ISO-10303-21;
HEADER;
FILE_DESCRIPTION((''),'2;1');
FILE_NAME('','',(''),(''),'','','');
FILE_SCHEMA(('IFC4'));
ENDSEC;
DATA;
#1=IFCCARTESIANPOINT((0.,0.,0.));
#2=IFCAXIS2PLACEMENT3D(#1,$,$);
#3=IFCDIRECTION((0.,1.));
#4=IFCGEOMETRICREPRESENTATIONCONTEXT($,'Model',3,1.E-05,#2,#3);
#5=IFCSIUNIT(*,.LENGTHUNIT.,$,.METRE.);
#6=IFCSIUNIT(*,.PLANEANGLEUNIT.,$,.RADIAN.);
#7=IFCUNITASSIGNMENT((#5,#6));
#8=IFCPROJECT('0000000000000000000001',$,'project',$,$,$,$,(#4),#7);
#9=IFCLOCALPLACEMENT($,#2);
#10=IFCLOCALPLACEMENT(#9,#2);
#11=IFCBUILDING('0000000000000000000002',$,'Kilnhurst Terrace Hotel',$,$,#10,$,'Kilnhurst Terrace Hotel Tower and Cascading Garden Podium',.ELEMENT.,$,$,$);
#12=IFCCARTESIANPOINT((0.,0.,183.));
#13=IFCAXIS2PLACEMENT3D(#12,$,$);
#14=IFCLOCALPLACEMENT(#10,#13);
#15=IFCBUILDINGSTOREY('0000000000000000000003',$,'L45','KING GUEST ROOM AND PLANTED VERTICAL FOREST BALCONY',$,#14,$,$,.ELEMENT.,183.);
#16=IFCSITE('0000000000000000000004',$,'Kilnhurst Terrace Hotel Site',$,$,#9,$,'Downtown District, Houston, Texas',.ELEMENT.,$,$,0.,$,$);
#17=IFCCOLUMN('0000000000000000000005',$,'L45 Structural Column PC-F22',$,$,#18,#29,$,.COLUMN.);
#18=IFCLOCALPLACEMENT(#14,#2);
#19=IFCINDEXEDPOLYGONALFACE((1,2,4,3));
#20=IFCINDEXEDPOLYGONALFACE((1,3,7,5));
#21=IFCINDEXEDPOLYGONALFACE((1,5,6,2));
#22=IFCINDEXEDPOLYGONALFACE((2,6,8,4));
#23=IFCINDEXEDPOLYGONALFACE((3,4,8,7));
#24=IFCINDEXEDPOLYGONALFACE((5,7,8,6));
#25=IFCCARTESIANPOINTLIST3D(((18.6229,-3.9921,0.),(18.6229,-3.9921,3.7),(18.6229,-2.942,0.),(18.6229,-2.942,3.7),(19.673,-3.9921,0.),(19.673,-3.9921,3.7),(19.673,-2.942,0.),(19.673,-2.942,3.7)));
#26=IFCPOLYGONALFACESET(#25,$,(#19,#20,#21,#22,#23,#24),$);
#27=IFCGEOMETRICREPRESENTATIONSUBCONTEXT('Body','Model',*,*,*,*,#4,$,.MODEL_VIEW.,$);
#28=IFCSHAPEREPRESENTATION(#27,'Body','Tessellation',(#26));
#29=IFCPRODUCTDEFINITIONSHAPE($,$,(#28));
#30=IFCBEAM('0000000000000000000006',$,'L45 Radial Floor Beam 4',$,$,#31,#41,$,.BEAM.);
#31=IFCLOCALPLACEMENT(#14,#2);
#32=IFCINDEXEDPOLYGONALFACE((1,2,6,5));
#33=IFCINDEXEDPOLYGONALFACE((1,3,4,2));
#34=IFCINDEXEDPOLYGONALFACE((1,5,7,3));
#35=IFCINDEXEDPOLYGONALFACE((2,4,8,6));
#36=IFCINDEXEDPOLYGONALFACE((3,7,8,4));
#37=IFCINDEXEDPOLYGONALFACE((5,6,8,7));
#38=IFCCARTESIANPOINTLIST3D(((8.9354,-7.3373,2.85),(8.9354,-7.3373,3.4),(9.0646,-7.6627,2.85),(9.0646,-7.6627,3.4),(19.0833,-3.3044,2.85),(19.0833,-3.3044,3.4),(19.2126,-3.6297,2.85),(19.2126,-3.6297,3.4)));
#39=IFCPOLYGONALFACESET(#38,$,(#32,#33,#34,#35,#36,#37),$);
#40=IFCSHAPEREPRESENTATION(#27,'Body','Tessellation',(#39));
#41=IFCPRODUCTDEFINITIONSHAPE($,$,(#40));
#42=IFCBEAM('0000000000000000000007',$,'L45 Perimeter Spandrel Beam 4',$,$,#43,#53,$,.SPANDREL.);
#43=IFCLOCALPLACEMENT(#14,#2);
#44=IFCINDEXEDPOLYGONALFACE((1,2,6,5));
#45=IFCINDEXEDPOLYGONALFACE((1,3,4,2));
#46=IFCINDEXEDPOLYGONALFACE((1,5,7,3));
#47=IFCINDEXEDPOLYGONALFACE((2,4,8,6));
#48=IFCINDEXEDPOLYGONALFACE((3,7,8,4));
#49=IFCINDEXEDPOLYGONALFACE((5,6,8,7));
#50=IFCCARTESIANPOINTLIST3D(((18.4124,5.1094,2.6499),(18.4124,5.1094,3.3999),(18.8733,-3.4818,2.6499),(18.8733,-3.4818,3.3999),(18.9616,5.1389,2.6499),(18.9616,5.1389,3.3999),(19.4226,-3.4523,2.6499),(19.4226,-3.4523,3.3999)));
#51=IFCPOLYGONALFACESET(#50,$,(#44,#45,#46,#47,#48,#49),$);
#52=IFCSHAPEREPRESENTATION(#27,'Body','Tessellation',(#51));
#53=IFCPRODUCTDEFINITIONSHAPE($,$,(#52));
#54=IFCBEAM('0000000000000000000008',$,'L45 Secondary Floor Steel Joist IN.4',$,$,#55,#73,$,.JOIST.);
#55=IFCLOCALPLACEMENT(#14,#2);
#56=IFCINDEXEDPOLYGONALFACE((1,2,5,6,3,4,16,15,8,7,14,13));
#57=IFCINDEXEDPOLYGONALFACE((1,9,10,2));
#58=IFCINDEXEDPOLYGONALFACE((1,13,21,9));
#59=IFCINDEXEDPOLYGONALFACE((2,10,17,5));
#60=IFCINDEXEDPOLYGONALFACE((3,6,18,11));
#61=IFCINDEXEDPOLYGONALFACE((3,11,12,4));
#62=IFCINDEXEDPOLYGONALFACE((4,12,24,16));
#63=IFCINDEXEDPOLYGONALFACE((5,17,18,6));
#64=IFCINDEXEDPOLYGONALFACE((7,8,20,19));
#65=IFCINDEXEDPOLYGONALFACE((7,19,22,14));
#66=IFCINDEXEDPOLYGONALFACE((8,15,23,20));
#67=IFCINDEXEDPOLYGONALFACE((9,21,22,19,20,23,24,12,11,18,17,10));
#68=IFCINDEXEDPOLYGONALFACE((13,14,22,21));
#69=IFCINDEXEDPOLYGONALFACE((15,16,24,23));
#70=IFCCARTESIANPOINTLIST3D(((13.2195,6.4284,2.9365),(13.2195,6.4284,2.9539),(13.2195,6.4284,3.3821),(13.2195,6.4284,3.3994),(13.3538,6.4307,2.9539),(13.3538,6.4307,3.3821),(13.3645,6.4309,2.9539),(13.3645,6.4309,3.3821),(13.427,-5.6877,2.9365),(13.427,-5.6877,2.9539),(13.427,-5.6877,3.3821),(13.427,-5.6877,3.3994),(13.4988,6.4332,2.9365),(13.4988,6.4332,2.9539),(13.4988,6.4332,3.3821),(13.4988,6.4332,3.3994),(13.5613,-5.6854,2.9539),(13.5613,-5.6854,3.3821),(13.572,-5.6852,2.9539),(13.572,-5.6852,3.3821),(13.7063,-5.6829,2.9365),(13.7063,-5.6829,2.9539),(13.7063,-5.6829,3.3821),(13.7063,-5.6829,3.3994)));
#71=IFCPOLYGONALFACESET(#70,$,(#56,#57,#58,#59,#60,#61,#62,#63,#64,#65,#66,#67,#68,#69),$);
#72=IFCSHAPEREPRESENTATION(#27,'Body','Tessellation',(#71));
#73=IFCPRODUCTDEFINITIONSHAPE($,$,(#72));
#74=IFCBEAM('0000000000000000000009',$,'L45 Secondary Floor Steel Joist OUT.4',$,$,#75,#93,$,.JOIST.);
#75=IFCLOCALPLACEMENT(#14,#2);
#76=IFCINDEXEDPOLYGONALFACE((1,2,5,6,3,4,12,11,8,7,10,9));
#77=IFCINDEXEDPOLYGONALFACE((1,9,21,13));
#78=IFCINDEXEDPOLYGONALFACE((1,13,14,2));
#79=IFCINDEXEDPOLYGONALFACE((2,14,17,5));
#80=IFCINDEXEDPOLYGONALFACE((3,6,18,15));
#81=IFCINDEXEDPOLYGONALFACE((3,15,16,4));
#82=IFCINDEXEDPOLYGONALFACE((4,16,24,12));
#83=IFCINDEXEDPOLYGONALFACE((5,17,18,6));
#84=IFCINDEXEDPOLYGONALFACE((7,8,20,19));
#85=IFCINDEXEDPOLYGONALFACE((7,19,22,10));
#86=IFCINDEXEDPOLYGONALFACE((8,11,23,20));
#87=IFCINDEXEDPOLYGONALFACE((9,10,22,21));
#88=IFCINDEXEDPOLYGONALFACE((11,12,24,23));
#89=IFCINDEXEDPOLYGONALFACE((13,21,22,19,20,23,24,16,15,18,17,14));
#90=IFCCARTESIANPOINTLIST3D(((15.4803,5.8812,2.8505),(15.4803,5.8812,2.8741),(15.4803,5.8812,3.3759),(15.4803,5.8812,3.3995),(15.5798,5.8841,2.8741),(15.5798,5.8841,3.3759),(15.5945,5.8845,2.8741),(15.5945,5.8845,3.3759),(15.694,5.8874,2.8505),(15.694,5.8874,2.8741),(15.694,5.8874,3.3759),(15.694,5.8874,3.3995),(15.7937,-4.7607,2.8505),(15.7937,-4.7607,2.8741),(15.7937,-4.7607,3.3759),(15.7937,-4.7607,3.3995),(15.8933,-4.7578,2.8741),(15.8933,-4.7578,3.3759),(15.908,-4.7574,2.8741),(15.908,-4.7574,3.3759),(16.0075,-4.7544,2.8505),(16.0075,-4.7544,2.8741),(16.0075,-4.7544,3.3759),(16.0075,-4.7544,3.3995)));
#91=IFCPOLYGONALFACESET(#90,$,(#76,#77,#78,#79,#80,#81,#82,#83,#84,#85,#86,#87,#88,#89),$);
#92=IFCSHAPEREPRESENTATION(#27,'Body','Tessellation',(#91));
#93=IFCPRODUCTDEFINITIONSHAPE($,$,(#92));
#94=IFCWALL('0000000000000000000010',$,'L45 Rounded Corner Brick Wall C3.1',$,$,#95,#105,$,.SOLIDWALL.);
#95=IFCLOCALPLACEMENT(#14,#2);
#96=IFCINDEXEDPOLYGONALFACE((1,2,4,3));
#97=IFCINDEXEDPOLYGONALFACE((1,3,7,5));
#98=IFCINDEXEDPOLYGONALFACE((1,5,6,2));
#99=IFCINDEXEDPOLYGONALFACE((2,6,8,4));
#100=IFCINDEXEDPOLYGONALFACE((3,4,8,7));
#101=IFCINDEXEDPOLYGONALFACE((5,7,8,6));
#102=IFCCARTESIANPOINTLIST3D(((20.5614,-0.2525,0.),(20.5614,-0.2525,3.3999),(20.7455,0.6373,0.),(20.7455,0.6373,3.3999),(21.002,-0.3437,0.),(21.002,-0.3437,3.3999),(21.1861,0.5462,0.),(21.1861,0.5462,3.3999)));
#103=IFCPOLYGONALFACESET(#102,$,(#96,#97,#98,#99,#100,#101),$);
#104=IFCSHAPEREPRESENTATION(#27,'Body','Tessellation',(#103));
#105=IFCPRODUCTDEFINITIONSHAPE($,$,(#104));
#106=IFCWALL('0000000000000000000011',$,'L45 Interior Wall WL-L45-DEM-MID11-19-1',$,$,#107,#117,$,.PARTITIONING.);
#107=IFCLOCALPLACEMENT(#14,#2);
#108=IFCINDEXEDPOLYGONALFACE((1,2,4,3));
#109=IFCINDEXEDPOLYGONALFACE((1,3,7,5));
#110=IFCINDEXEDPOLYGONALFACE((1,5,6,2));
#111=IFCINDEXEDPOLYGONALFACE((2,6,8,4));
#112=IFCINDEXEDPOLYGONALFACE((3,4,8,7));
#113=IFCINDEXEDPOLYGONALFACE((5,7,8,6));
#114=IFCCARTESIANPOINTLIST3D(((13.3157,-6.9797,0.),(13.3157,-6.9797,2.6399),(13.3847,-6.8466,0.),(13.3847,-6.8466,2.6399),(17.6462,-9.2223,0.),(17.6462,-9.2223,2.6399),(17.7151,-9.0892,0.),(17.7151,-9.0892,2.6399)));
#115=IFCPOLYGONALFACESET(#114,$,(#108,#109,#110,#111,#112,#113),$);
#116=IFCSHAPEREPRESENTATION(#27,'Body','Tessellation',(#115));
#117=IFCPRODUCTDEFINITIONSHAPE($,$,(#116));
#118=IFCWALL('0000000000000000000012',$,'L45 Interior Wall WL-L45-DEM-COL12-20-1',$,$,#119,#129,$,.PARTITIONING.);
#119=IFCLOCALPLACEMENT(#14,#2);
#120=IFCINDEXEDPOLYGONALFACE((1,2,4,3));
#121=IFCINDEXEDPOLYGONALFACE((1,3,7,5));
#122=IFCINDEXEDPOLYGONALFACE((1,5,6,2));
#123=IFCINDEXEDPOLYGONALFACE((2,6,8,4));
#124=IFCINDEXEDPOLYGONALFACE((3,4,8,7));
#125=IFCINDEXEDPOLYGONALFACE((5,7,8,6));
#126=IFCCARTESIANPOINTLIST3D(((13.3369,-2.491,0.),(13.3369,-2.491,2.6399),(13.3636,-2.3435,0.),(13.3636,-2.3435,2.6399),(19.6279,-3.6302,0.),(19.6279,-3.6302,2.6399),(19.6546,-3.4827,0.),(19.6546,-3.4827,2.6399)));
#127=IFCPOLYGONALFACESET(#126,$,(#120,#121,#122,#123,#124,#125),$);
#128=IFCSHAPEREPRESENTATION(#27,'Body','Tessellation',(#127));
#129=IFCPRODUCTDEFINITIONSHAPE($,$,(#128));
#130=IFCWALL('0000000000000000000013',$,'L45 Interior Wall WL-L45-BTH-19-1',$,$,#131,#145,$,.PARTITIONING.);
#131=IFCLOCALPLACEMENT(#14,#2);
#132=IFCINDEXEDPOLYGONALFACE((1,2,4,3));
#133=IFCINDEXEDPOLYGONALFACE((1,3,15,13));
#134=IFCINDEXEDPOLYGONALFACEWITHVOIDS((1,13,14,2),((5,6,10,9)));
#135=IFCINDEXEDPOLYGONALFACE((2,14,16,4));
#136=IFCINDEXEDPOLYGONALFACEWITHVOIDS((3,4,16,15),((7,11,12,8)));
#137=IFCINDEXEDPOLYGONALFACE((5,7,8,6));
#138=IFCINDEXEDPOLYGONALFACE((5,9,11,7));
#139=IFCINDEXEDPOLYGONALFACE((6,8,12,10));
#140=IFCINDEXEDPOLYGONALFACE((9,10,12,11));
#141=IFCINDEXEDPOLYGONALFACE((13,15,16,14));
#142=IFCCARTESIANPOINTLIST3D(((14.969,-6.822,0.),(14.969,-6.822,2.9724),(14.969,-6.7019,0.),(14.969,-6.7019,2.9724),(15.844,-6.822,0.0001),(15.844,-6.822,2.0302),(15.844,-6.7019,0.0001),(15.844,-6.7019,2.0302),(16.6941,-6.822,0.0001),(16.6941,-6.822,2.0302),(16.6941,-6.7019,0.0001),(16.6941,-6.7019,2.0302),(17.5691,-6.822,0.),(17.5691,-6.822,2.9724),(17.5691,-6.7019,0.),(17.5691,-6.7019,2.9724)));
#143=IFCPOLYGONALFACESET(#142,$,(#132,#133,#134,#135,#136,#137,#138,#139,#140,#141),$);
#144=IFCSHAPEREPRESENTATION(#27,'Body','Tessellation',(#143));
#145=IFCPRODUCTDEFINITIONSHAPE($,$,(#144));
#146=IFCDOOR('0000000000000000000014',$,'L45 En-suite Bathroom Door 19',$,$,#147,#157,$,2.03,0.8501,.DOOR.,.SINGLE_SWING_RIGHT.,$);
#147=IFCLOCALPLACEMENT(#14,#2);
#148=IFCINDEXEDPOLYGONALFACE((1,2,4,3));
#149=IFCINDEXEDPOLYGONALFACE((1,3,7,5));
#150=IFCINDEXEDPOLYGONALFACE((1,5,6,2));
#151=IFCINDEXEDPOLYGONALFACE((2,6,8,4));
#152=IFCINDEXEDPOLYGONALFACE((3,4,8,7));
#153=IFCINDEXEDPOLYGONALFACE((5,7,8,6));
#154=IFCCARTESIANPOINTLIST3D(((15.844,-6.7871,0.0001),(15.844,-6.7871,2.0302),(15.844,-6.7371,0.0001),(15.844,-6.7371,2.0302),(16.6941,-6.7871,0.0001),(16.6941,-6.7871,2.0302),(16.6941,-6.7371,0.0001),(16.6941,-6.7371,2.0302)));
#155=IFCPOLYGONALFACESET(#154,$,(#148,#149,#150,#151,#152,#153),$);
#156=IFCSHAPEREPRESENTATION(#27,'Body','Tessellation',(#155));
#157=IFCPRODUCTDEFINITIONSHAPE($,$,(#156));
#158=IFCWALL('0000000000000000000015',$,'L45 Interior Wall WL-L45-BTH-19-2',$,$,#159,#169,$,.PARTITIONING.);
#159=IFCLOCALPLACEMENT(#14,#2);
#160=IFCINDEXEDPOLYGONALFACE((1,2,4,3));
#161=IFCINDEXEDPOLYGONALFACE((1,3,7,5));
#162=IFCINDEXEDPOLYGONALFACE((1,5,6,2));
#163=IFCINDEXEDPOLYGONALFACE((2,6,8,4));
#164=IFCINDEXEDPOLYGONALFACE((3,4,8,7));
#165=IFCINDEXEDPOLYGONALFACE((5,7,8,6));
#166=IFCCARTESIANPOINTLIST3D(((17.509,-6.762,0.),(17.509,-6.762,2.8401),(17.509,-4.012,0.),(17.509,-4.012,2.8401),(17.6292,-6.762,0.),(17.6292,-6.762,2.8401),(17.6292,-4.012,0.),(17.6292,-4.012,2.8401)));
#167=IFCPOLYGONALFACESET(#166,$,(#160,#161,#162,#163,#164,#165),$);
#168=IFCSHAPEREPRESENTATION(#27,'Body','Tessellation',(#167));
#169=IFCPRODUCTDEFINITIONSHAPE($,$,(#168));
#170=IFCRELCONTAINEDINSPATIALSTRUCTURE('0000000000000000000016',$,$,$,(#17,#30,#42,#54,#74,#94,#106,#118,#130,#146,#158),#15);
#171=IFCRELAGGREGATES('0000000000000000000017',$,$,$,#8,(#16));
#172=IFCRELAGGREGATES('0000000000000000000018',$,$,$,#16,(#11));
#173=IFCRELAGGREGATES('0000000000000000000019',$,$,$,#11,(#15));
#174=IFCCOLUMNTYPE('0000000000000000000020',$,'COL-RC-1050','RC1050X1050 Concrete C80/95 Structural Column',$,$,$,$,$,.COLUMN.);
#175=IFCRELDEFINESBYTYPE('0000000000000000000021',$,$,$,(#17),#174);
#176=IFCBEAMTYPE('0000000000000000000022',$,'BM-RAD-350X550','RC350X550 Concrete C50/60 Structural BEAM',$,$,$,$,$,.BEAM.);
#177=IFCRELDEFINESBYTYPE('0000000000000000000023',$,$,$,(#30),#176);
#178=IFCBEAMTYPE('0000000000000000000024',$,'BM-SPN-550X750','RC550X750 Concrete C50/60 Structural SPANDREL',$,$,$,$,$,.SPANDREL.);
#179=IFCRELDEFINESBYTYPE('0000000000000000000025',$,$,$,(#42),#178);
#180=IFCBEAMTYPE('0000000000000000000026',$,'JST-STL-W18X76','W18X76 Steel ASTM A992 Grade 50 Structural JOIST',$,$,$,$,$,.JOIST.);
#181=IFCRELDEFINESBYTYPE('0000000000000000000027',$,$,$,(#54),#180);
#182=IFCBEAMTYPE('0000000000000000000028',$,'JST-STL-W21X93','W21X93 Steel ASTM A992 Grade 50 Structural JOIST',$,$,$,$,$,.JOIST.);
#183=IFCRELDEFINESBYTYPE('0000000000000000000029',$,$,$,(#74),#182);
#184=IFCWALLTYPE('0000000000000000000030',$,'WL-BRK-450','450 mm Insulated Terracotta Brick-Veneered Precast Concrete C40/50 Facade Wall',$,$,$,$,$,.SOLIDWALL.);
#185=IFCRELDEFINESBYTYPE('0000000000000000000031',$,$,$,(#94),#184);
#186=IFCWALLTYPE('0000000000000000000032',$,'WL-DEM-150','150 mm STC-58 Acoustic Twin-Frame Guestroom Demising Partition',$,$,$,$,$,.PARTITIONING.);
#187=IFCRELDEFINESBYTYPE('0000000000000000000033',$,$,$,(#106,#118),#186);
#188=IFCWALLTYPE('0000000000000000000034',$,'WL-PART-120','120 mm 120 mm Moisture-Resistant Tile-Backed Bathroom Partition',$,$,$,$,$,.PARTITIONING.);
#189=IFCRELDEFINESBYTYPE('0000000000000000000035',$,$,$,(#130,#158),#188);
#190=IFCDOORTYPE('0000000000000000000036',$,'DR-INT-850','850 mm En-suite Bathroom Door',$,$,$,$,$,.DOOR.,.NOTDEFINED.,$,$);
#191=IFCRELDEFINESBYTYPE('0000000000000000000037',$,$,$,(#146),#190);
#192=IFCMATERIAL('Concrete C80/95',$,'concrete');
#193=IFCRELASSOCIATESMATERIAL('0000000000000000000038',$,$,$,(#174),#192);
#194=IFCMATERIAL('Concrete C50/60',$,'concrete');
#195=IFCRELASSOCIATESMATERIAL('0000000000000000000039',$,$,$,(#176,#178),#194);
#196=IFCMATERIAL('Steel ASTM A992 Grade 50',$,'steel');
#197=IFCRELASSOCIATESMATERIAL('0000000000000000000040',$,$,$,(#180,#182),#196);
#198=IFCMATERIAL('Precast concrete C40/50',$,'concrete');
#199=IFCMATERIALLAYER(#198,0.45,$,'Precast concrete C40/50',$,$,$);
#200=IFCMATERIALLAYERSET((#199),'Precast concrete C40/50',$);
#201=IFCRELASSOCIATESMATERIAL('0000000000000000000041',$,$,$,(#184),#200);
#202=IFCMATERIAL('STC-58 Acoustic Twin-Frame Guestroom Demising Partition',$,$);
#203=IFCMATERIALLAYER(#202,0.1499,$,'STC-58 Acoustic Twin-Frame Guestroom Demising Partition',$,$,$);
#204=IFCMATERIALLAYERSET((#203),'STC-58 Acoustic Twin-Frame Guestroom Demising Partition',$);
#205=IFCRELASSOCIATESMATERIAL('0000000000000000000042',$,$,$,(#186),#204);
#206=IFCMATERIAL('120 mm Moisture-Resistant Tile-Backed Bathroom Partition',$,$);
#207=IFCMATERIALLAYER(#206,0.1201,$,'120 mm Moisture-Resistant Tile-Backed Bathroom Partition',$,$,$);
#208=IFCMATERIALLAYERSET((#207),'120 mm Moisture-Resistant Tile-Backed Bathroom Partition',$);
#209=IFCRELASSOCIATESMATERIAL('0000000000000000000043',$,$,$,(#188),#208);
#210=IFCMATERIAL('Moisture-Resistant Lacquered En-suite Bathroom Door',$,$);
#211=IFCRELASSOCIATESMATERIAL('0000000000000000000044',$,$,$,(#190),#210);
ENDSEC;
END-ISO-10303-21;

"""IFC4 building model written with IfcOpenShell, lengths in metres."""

from ifc_helpers import new_model, si_unit, direction, frame, frame_2d, origin, origin_2d, place, context, subcontext, project, spatial, rectangle, i_section, extrude, material, layer, layer_set, material_profile, profile_set, type_object, element, fill, save


model = new_model("IFC4")

# Units and contexts
model_context = context("Model", 3, precision=1e-05, world=origin(), true_north=direction((0.0, 1.0)))
body_context = subcontext(model_context, "Body", "Model", "MODEL_VIEW")
ifc_project = project(units=[si_unit("LENGTHUNIT", "METRE"), si_unit("PLANEANGLEUNIT", "RADIAN")], contexts=[model_context])

# Site, building, storey
site_placement = place(None, origin())
site = spatial("IfcSite", under=ifc_project, at=site_placement, Name="Kilnhurst Terrace Hotel Site", LongName="Downtown District, Houston, Texas", CompositionType="ELEMENT", RefElevation=0.0)
building_placement = place(site_placement, origin())
building = spatial("IfcBuilding", under=site, at=building_placement, Name="Kilnhurst Terrace Hotel", LongName="Kilnhurst Terrace Hotel Tower and Cascading Garden Podium", CompositionType="ELEMENT")
storey_placement = place(building_placement, frame((0.0, 0.0, 183.0)))
storey = spatial("IfcBuildingStorey", under=building, at=storey_placement, Name="L45", Description="KING GUEST ROOM AND PLANTED VERTICAL FOREST BALCONY", CompositionType="ELEMENT", Elevation=183.0)

# Column
ifc_material_1 = material(Name="Concrete C80/95", Category="concrete")
ifc_material_profile_1 = material_profile(ifc_material_1, rectangle(XDim=1.05, YDim=1.05, at=origin_2d()), Name="RC1050X1050")
ifc_profile_set_1 = profile_set([ifc_material_profile_1], Name="Concrete C80/95")
column_type = type_object("IfcColumnType", Name="COL-RC-1050", Description="RC1050X1050 Concrete C80/95 Structural Column", PredefinedType="COLUMN", material=ifc_profile_set_1)
column_placement = place(storey_placement, frame((19.1479, -3.467, 0.0), z_axis=(0.0, 0.0, 1.0), x_axis=(1.0, 0.0, 0.0)))
element("IfcColumn", 1, at=column_placement, inside=storey, type_object=column_type, Name="L45 Structural Column PC-F22", PredefinedType="COLUMN", context=body_context, shape_type="SweptSolid", body=[
    extrude(rectangle(XDim=1.05, YDim=1.05, at=origin_2d()), origin(), (0.0, 0.0, 1.0), 3.7),
])

# Beams
ifc_material_2 = material(Name="Concrete C50/60", Category="concrete")
ifc_material_profile_2 = material_profile(ifc_material_2, rectangle(XDim=0.3501, YDim=0.55, at=origin_2d()), Name="RC350X550")
ifc_profile_set_2 = profile_set([ifc_material_profile_2], Name="Concrete C50/60")
beam_type_1 = type_object("IfcBeamType", Name="BM-RAD-350X550", Description="RC350X550 Concrete C50/60 Structural BEAM", PredefinedType="BEAM", material=ifc_profile_set_2)
beam_1_placement = place(storey_placement, frame((9.0, -7.5, 3.125), z_axis=(0.929302, 0.36932, 0.0), x_axis=(-0.36932, 0.929302, 0.0)))
element("IfcBeam", 2, at=beam_1_placement, inside=storey, type_object=beam_type_1, Name="L45 Radial Floor Beam 4", PredefinedType="BEAM", context=body_context, shape_type="SweptSolid", body=[
    extrude(rectangle(XDim=0.3501, YDim=0.55, at=origin_2d()), origin(), (0.0, 0.0, 1.0), 10.9199),
])
ifc_material_profile_3 = material_profile(ifc_material_2, rectangle(XDim=0.55, YDim=0.75, at=origin_2d()), Name="RC550X750")
ifc_profile_set_3 = profile_set([ifc_material_profile_3], Name="Concrete C50/60")
beam_type_2 = type_object("IfcBeamType", Name="BM-SPN-550X750", Description="RC550X750 Concrete C50/60 Structural SPANDREL", PredefinedType="SPANDREL", material=ifc_profile_set_3)
beam_2_placement = place(storey_placement, frame((19.1479, -3.467, 3.0249), z_axis=(-0.053576, 0.998564, 0.0), x_axis=(-0.998564, -0.053576, 0.0)))
element("IfcBeam", 3, at=beam_2_placement, inside=storey, type_object=beam_type_2, Name="L45 Perimeter Spandrel Beam 4", PredefinedType="SPANDREL", context=body_context, shape_type="SweptSolid", body=[
    extrude(rectangle(XDim=0.55, YDim=0.75, at=origin_2d()), origin(), (0.0, 0.0, 1.0), 8.6035),
])
ifc_material_3 = material(Name="Steel ASTM A992 Grade 50", Category="steel")
ifc_material_profile_4 = material_profile(ifc_material_3, i_section(OverallWidth=0.2793, OverallDepth=0.4629, WebThickness=0.0107, FlangeThickness=0.0173, at=origin_2d()), Name="W18X76")
ifc_profile_set_4 = profile_set([ifc_material_profile_4], Name="Steel ASTM A992 Grade 50")
beam_type_3 = type_object("IfcBeamType", Name="JST-STL-W18X76", Description="W18X76 Steel ASTM A992 Grade 50 Structural JOIST", PredefinedType="JOIST", material=ifc_profile_set_4)
beam_3_placement = place(storey_placement, frame((13.5667, -5.6853, 3.168), z_axis=(-0.017125, 0.999853, 0.0), x_axis=(-0.999853, -0.017125, 0.0)))
element("IfcBeam", 4, at=beam_3_placement, inside=storey, type_object=beam_type_3, Name="L45 Secondary Floor Steel Joist IN.4", PredefinedType="JOIST", context=body_context, shape_type="SweptSolid", body=[
    extrude(i_section(OverallWidth=0.2793, OverallDepth=0.4629, WebThickness=0.0107, FlangeThickness=0.0173, at=origin_2d()), origin(), (0.0, 0.0, 1.0), 12.1179),
])
ifc_material_profile_5 = material_profile(ifc_material_3, i_section(OverallWidth=0.2139, OverallDepth=0.5491, WebThickness=0.0146, FlangeThickness=0.0237, at=origin_2d()), Name="W21X93")
ifc_profile_set_5 = profile_set([ifc_material_profile_5], Name="Steel ASTM A992 Grade 50")
beam_type_4 = type_object("IfcBeamType", Name="JST-STL-W21X93", Description="W21X93 Steel ASTM A992 Grade 50 Structural JOIST", PredefinedType="JOIST", material=ifc_profile_set_5)
beam_4_placement = place(storey_placement, frame((15.9006, -4.7576, 3.125), z_axis=(-0.029444, 0.999566, 0.0), x_axis=(-0.999566, -0.029444, 0.0)))
element("IfcBeam", 5, at=beam_4_placement, inside=storey, type_object=beam_type_4, Name="L45 Secondary Floor Steel Joist OUT.4", PredefinedType="JOIST", context=body_context, shape_type="SweptSolid", body=[
    extrude(i_section(OverallWidth=0.2139, OverallDepth=0.5491, WebThickness=0.0146, FlangeThickness=0.0237, at=origin_2d()), origin(), (0.0, 0.0, 1.0), 10.6465),
])

# Wall
ifc_material_4 = material(Name="Precast concrete C40/50", Category="concrete")
ifc_layer_1 = layer(ifc_material_4, 0.45, Name="Precast concrete C40/50")
ifc_layer_set_1 = layer_set([ifc_layer_1], Name="Precast concrete C40/50")
wall_type_1 = type_object("IfcWallType", Name="WL-BRK-450", Description="450 mm Insulated Terracotta Brick-Veneered Precast Concrete C40/50 Facade Wall", PredefinedType="SOLIDWALL", material=ifc_layer_set_1)
wall_1_placement = place(storey_placement, frame((20.7817, -0.2981, 0.0), z_axis=(0.0, 0.0, 1.0), x_axis=(0.20257, 0.979268, 0.0)))
element("IfcWall", 6, at=wall_1_placement, inside=storey, type_object=wall_type_1, Name="L45 Rounded Corner Brick Wall C3.1", PredefinedType="SOLIDWALL", context=body_context, shape_type="SweptSolid", body=[
    extrude(rectangle(XDim=0.9087, YDim=0.45, at=frame_2d((0.4543, 0.0))), origin(), (0.0, 0.0, 1.0), 3.3999),
])

# Walls
ifc_material_5 = material(Name="STC-58 Acoustic Twin-Frame Guestroom Demising Partition")
ifc_layer_2 = layer(ifc_material_5, 0.1499, Name="STC-58 Acoustic Twin-Frame Guestroom Demising Partition")
ifc_layer_set_2 = layer_set([ifc_layer_2], Name="STC-58 Acoustic Twin-Frame Guestroom Demising Partition")
wall_type_2 = type_object("IfcWallType", Name="WL-DEM-150", Description="150 mm STC-58 Acoustic Twin-Frame Guestroom Demising Partition", PredefinedType="PARTITIONING", material=ifc_layer_set_2)
wall_2_placement = place(storey_placement, frame((13.3501, -6.9131, 0.0), z_axis=(0.0, 0.0, 1.0), x_axis=(0.887989, -0.459864, 0.0)))
element("IfcWall", 7, at=wall_2_placement, inside=storey, type_object=wall_type_2, Name="L45 Interior Wall WL-L45-DEM-MID11-19-1", PredefinedType="PARTITIONING", context=body_context, shape_type="SweptSolid", body=[
    extrude(rectangle(XDim=4.8767, YDim=0.1499, at=frame_2d((2.4385, 0.0))), origin(), (0.0, 0.0, 1.0), 2.6399),
])
wall_3_placement = place(storey_placement, frame((13.3501, -2.4172, 0.0), z_axis=(0.0, 0.0, 1.0), x_axis=(0.983998, -0.17818, 0.0)))
element("IfcWall", 8, at=wall_3_placement, inside=storey, type_object=wall_type_2, Name="L45 Interior Wall WL-L45-DEM-COL12-20-1", PredefinedType="PARTITIONING", context=body_context, shape_type="SweptSolid", body=[
    extrude(rectangle(XDim=6.3933, YDim=0.1499, at=frame_2d((3.1968, 0.0))), origin(), (0.0, 0.0, 1.0), 2.6399),
])

# Wall, opening, door
ifc_material_6 = material(Name="120 mm Moisture-Resistant Tile-Backed Bathroom Partition")
ifc_layer_3 = layer(ifc_material_6, 0.1201, Name="120 mm Moisture-Resistant Tile-Backed Bathroom Partition")
ifc_layer_set_3 = layer_set([ifc_layer_3], Name="120 mm Moisture-Resistant Tile-Backed Bathroom Partition")
wall_type_3 = type_object("IfcWallType", Name="WL-PART-120", Description="120 mm 120 mm Moisture-Resistant Tile-Backed Bathroom Partition", PredefinedType="PARTITIONING", material=ifc_layer_set_3)
wall_4_placement = place(storey_placement, frame((14.969, -6.762, 0.0), z_axis=(0.0, 0.0, 1.0), x_axis=(1.0, 0.0, 0.0)))
wall_4 = element("IfcWall", 9, at=wall_4_placement, inside=storey, type_object=wall_type_3, Name="L45 Interior Wall WL-L45-BTH-19-1", PredefinedType="PARTITIONING", context=body_context, shape_type="SweptSolid", body=[
    extrude(rectangle(XDim=2.6001, YDim=0.1201, at=frame_2d((1.3, 0.0))), origin(), (0.0, 0.0, 1.0), 2.9724),
])
opening_1_placement = place(wall_4_placement, frame((0.875, 0.0, 0.0)))
opening_1 = element("IfcOpeningElement", 10, at=opening_1_placement, cuts=wall_4, PredefinedType="OPENING", context=body_context, shape_type="SweptSolid", body=[
    extrude(rectangle(XDim=0.8501, YDim=2.03, at=frame_2d((0.425, 1.0151))), frame((0.0, 0.0701, 0.0), z_axis=(0.0, -1.0, 0.0), x_axis=(1.0, 0.0, 0.0)), (0.0, 0.0, 1.0), 0.1401),
])
ifc_material_7 = material(Name="Moisture-Resistant Lacquered En-suite Bathroom Door")
door_type_1 = type_object("IfcDoorType", Name="DR-INT-850", Description="850 mm En-suite Bathroom Door", OperationType="NOTDEFINED", PredefinedType="DOOR", material=ifc_material_7)
door_1_placement = place(opening_1_placement, origin())
door_1 = element("IfcDoor", 11, at=door_1_placement, inside=storey, type_object=door_type_1, Name="L45 En-suite Bathroom Door 19", OperationType="SINGLE_SWING_RIGHT", OverallHeight=2.03, OverallWidth=0.8501, PredefinedType="DOOR", context=body_context, shape_type="SweptSolid", body=[
    extrude(rectangle(XDim=0.8501, YDim=2.03, at=frame_2d((0.425, 1.0151))), frame((0.0, 0.0249, 0.0), z_axis=(0.0, -1.0, 0.0), x_axis=(1.0, 0.0, 0.0)), (0.0, 0.0, 1.0), 0.05),
])
fill(opening_1, door_1)

# Wall
wall_5_placement = place(storey_placement, frame((17.5691, -6.762, 0.0), z_axis=(0.0, 0.0, 1.0), x_axis=(0.0, 1.0, 0.0)))
element("IfcWall", 12, at=wall_5_placement, inside=storey, type_object=wall_type_3, Name="L45 Interior Wall WL-L45-BTH-19-2", PredefinedType="PARTITIONING", context=body_context, shape_type="SweptSolid", body=[
    extrude(rectangle(XDim=2.75, YDim=0.1201, at=frame_2d((1.375, 0.0))), origin(), (0.0, 0.0, 1.0), 2.8401),
])

save(model, "model.ifc")
